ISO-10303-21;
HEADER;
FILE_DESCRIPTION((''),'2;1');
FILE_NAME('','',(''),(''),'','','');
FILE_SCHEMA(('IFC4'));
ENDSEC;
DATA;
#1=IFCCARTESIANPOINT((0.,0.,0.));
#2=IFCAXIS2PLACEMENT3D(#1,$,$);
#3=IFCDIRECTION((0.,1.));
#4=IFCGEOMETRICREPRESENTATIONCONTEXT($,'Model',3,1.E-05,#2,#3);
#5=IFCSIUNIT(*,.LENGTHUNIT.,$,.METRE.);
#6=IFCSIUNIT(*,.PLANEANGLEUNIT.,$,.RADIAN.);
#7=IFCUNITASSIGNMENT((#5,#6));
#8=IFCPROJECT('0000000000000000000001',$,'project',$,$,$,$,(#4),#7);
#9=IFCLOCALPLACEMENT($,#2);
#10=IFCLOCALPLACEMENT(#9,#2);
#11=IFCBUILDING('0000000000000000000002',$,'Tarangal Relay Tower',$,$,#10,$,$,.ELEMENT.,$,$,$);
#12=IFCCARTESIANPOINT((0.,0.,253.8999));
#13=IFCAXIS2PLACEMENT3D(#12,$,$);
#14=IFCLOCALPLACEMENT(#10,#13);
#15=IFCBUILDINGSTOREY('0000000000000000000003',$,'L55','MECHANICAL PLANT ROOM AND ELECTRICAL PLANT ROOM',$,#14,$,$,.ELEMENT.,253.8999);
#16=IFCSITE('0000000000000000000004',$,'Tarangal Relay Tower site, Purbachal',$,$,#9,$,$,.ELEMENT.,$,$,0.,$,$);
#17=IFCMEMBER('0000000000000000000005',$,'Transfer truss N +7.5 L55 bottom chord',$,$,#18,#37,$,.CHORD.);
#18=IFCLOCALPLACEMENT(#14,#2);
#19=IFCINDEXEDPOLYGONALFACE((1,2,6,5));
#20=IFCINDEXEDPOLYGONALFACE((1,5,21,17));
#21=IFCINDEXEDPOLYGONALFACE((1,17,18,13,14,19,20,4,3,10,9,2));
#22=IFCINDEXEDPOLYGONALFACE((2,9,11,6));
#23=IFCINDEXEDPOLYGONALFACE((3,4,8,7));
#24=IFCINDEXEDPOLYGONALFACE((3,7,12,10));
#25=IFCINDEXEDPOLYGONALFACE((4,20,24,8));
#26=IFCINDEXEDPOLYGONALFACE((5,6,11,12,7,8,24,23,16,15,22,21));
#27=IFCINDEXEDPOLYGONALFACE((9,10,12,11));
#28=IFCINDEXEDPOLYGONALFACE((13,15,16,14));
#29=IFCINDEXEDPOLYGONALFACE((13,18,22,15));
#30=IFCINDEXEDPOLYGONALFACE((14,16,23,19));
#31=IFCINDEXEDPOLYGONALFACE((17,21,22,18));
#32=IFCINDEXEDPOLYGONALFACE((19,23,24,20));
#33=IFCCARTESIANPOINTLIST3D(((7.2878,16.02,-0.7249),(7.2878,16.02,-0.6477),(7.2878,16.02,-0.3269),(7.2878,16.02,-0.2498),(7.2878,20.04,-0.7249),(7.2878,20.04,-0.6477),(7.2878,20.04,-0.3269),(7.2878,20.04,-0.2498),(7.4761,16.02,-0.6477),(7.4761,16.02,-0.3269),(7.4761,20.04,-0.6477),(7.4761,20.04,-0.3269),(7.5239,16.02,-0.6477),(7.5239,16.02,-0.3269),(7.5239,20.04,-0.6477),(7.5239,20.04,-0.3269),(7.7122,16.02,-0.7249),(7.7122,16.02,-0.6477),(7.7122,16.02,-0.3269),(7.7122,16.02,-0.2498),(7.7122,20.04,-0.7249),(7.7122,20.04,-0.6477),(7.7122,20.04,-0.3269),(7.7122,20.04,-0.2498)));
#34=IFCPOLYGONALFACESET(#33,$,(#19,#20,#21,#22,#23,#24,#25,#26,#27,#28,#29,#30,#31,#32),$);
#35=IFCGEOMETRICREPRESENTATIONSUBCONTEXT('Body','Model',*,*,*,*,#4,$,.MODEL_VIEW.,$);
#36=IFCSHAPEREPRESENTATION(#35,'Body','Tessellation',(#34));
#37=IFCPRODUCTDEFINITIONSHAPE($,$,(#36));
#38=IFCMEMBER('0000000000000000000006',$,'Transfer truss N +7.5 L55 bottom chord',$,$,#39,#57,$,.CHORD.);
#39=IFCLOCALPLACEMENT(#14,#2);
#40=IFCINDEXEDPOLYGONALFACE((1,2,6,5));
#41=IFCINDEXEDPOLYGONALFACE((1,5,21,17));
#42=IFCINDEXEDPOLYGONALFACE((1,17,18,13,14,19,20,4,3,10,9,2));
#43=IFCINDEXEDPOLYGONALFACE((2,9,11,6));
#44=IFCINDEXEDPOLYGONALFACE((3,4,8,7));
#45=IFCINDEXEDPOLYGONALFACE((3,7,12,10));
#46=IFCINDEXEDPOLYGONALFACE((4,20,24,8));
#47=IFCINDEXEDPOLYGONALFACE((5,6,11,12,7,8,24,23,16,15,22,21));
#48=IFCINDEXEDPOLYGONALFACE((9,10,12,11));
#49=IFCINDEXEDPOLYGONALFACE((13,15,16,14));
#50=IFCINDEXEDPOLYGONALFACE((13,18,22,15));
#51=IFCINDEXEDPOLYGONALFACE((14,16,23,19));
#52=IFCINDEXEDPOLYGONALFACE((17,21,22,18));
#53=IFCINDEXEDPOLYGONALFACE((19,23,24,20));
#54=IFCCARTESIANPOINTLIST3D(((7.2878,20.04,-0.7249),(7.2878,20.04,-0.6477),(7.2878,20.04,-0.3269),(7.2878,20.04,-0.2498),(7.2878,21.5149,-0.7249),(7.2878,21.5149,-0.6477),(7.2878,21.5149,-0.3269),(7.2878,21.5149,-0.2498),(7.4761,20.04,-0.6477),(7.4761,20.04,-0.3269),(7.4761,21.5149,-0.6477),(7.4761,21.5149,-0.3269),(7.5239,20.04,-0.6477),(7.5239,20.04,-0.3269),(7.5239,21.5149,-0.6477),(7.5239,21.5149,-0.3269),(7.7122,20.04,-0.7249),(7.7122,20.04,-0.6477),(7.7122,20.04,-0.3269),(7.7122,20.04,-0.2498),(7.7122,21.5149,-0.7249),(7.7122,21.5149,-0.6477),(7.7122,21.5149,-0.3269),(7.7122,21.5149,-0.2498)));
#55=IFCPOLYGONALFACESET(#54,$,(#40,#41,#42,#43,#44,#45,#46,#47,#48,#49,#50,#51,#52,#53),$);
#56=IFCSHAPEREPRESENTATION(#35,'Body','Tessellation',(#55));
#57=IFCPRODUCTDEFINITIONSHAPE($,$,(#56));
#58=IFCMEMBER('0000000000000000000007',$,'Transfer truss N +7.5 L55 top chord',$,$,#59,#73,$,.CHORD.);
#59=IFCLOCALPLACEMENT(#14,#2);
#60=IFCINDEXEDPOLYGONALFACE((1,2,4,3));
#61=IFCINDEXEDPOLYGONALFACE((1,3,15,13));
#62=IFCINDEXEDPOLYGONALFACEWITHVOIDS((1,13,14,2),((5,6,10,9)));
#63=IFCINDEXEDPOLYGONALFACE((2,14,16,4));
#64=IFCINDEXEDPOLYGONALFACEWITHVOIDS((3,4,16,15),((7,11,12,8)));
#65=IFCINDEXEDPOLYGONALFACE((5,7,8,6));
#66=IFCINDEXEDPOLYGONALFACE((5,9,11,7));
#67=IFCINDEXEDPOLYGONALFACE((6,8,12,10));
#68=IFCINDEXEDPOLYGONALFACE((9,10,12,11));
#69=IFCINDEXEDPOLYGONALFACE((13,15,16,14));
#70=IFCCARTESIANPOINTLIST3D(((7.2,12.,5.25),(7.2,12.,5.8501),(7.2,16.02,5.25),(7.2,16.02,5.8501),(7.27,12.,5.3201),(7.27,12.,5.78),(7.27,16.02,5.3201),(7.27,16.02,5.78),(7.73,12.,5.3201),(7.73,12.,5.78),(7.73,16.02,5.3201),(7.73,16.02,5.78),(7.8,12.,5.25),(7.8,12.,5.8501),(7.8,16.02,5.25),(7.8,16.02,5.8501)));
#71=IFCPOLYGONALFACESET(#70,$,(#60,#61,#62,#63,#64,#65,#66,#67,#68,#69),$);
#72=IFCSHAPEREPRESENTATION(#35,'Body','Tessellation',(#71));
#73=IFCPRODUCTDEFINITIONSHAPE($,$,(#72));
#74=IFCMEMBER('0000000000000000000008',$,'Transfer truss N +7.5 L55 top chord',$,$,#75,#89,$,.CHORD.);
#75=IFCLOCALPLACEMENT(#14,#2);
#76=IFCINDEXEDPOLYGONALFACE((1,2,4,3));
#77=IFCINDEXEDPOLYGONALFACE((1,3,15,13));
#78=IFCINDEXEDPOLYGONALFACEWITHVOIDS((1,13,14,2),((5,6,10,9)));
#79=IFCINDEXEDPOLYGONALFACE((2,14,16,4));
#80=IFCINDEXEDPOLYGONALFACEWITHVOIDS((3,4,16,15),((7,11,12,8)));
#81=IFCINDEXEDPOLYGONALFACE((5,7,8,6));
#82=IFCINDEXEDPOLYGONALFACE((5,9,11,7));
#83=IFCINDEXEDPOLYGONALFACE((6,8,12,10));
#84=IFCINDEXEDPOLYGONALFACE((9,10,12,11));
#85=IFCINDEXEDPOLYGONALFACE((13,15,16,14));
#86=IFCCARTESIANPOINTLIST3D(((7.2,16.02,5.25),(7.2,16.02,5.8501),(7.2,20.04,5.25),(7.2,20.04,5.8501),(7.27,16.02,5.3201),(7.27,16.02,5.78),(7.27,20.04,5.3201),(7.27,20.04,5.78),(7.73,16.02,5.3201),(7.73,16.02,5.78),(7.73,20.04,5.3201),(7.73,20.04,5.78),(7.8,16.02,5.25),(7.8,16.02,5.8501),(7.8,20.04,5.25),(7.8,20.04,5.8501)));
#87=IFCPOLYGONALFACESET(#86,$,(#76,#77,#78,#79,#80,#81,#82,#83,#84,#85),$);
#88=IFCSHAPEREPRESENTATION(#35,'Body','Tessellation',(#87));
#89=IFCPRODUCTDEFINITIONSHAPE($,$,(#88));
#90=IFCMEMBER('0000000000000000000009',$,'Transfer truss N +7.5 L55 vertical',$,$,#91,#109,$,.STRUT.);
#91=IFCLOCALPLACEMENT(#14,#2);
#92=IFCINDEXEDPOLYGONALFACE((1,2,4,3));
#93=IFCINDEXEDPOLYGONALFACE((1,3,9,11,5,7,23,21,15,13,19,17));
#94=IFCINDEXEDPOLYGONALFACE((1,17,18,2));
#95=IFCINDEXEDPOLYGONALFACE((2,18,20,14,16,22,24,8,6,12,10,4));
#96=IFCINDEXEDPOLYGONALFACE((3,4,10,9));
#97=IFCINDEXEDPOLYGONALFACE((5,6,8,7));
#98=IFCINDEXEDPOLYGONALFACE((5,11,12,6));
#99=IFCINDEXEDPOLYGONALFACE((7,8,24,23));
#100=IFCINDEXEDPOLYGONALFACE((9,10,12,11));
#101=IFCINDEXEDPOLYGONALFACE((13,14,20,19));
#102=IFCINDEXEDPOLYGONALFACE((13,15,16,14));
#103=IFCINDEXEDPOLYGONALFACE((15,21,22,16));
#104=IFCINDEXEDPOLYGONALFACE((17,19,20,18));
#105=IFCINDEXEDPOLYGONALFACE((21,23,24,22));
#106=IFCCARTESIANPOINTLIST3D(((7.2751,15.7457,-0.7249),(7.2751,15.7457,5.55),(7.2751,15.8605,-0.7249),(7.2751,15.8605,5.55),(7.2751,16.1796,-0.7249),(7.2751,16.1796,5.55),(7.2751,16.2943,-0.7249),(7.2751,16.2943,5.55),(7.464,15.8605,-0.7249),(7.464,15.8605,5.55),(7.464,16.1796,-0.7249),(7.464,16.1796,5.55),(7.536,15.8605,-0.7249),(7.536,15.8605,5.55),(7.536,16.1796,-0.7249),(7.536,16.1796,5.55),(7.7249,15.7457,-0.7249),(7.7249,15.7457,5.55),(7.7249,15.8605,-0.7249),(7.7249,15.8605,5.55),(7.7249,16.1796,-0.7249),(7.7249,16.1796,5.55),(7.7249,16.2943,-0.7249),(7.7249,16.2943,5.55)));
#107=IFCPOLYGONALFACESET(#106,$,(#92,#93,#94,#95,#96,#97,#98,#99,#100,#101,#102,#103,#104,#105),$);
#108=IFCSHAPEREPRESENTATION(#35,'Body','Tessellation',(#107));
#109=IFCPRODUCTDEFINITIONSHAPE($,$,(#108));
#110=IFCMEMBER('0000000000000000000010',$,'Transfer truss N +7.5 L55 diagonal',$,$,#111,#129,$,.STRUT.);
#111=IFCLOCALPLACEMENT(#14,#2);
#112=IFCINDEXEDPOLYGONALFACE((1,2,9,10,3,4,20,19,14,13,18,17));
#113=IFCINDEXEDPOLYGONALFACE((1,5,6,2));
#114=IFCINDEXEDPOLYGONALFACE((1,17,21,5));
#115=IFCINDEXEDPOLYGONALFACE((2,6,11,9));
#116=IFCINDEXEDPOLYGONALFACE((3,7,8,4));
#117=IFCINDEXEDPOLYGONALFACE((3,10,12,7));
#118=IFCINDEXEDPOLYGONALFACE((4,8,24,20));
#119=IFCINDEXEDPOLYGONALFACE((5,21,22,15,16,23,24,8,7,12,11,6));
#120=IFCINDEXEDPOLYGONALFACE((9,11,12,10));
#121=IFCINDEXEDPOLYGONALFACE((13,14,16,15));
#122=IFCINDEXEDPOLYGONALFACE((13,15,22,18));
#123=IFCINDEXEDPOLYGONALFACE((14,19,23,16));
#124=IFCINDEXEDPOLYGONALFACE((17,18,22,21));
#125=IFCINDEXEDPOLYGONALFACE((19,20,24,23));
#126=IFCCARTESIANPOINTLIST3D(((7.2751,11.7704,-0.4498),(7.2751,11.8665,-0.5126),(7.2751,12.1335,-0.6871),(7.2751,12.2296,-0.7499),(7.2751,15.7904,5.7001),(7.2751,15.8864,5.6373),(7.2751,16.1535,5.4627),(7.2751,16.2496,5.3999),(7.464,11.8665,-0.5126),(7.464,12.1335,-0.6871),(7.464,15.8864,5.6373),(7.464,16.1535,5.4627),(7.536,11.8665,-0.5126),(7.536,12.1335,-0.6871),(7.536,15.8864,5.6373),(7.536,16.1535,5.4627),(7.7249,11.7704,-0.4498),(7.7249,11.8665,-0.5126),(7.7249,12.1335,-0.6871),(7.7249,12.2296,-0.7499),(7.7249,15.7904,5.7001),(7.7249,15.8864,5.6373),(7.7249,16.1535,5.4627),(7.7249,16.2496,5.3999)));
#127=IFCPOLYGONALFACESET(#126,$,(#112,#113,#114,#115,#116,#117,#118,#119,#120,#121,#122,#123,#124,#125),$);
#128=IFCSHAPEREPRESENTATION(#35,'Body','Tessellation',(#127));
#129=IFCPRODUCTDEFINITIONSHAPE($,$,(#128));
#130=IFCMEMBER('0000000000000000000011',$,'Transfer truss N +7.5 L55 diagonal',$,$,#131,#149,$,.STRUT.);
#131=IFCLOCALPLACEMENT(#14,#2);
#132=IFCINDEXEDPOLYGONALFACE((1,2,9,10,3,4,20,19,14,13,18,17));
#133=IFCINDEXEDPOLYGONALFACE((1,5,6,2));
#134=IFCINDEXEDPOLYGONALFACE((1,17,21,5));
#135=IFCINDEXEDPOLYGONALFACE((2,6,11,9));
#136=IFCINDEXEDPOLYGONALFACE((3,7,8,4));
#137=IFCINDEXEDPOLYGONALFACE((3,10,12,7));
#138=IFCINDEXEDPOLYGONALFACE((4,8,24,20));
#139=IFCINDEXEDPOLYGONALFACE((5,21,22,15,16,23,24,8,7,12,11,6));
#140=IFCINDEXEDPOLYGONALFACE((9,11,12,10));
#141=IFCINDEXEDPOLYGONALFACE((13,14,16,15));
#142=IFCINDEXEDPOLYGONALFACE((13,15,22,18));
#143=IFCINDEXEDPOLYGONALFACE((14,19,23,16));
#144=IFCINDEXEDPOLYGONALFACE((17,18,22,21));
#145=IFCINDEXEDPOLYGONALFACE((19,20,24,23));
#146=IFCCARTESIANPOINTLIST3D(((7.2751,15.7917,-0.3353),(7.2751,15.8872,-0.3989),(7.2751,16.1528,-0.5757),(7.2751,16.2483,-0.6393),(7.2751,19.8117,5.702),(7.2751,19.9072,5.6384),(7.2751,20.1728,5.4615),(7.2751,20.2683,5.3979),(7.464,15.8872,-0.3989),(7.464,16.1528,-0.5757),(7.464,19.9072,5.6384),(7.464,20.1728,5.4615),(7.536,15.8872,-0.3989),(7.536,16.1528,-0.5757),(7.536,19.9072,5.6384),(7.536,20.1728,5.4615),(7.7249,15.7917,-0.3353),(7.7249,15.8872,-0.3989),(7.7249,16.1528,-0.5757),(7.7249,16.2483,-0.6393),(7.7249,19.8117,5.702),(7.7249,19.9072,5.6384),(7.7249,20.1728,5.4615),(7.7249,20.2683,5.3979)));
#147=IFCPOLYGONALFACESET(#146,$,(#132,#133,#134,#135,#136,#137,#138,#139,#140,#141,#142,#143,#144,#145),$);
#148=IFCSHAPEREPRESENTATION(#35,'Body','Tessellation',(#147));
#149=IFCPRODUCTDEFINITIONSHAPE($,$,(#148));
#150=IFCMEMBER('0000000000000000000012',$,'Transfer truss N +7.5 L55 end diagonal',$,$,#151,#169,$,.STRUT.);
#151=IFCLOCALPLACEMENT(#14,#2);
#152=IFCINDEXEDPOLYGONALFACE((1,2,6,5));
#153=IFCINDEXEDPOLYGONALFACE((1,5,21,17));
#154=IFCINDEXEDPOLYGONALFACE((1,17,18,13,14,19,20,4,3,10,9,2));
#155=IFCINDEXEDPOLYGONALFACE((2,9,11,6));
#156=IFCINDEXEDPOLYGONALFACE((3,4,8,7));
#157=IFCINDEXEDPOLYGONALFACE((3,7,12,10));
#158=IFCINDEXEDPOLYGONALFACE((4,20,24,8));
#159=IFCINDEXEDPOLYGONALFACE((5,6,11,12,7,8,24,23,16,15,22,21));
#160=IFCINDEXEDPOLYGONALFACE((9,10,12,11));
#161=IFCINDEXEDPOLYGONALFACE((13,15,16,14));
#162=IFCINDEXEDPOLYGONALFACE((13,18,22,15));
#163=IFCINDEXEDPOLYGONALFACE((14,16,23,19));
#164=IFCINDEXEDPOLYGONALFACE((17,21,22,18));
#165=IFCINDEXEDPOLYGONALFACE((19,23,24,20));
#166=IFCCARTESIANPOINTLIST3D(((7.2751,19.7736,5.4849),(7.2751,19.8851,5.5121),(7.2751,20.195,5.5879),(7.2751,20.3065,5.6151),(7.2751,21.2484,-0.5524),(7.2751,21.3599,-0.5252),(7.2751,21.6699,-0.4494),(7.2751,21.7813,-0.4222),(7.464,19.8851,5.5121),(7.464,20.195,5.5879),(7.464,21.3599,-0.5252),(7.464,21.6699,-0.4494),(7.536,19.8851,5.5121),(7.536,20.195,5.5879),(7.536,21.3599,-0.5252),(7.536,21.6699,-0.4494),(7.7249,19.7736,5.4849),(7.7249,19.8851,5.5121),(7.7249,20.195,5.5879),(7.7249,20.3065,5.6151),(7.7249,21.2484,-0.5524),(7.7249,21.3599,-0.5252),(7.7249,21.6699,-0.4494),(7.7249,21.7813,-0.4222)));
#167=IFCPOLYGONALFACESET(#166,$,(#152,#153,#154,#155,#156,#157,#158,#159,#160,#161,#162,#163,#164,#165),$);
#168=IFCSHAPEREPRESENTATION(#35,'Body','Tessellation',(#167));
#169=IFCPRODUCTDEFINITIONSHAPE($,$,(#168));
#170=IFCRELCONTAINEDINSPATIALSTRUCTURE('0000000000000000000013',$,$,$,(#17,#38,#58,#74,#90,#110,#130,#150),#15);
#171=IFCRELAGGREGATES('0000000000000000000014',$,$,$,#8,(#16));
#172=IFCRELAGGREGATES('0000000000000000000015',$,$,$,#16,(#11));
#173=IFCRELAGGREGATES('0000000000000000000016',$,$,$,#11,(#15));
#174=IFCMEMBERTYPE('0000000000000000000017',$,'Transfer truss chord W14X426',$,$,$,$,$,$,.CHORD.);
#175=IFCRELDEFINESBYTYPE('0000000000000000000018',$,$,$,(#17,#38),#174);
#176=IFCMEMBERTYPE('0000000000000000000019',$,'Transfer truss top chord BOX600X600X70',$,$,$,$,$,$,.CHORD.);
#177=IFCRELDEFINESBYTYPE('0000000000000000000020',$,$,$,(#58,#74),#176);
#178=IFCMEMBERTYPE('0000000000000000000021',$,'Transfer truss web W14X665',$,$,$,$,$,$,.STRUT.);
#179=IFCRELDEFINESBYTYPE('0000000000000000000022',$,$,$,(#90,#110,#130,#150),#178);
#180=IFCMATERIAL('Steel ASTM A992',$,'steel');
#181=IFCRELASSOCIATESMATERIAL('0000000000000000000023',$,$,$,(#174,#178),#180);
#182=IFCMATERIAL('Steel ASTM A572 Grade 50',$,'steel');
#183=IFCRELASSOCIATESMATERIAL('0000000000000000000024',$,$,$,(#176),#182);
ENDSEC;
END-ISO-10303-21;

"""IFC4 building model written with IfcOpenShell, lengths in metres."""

from ifc_helpers import new_model, si_unit, direction, frame, origin, origin_2d, place, context, subcontext, project, spatial, hollow_rectangle, i_section, extrude, material, material_profile, profile_set, type_object, element, save


model = new_model("IFC4")

# Units and contexts
model_context = context("Model", 3, precision=1e-05, world=origin(), true_north=direction((0.0, 1.0)))
body_context = subcontext(model_context, "Body", "Model", "MODEL_VIEW")
ifc_project = project(units=[si_unit("LENGTHUNIT", "METRE"), si_unit("PLANEANGLEUNIT", "RADIAN")], contexts=[model_context])

# Site, building, storey
site_placement = place(None, origin())
site = spatial("IfcSite", under=ifc_project, at=site_placement, Name="Tarangal Relay Tower site, Purbachal", CompositionType="ELEMENT", RefElevation=0.0)
building_placement = place(site_placement, origin())
building = spatial("IfcBuilding", under=site, at=building_placement, Name="Tarangal Relay Tower", CompositionType="ELEMENT")
storey_placement = place(building_placement, frame((0.0, 0.0, 253.8999)))
storey = spatial("IfcBuildingStorey", under=building, at=storey_placement, Name="L55", Description="MECHANICAL PLANT ROOM AND ELECTRICAL PLANT ROOM", CompositionType="ELEMENT", Elevation=253.8999)

# Shared definitions
ifc_material_1 = material(Name="Steel ASTM A572 Grade 50", Category="steel")

# Shared definitions
ifc_material_2 = material(Name="Steel ASTM A992", Category="steel")

# Members
ifc_material_profile_1 = material_profile(ifc_material_2, i_section(OverallWidth=0.4243, OverallDepth=0.4751, WebThickness=0.0479, FlangeThickness=0.0771, at=origin_2d()), Name="W14X426")
ifc_profile_set_1 = profile_set([ifc_material_profile_1], Name="Steel ASTM A992")
member_type_1 = type_object("IfcMemberType", Name="Transfer truss chord W14X426", PredefinedType="CHORD", material=ifc_profile_set_1)
for number, where, z_axis, x_axis, name in (
    (1, (7.5, 16.02, -0.4873), (0.0, 1.0, 0.0), (-1.0, 0.0, 0.0), "Transfer truss N +7.5 L55 bottom chord"),
):
    element("IfcMember", number, at=place(storey_placement, frame(where, z_axis=z_axis, x_axis=x_axis)), inside=storey, type_object=member_type_1, Name=name, PredefinedType="CHORD", context=body_context, shape_type="SweptSolid", body=[
        extrude(i_section(OverallWidth=0.4243, OverallDepth=0.4751, WebThickness=0.0479, FlangeThickness=0.0771, at=origin_2d()), origin(), (0.0, 0.0, 1.0), 4.02),
    ])
member_1_placement = place(storey_placement, frame((7.5, 20.04, -0.4873), z_axis=(0.0, 1.0, 0.0), x_axis=(-1.0, 0.0, 0.0)))
element("IfcMember", 2, at=member_1_placement, inside=storey, type_object=member_type_1, Name="Transfer truss N +7.5 L55 bottom chord", PredefinedType="CHORD", context=body_context, shape_type="SweptSolid", body=[
    extrude(i_section(OverallWidth=0.4243, OverallDepth=0.4751, WebThickness=0.0479, FlangeThickness=0.0771, at=origin_2d()), origin(), (0.0, 0.0, 1.0), 1.4749),
])
ifc_material_profile_2 = material_profile(ifc_material_1, hollow_rectangle(XDim=0.6001, YDim=0.6001, WallThickness=0.0701, at=origin_2d()), Name="BOX600X600X70")
ifc_profile_set_2 = profile_set([ifc_material_profile_2], Name="Steel ASTM A572 Grade 50")
member_type_2 = type_object("IfcMemberType", Name="Transfer truss top chord BOX600X600X70", PredefinedType="CHORD", material=ifc_profile_set_2)
for number, where, z_axis, x_axis, name in (
    (3, (7.5, 12.0, 5.55), (0.0, 1.0, 0.0), (-1.0, 0.0, 0.0), "Transfer truss N +7.5 L55 top chord"),
    (4, (7.5, 16.02, 5.55), (0.0, 1.0, 0.0), (-1.0, 0.0, 0.0), "Transfer truss N +7.5 L55 top chord"),
):
    element("IfcMember", number, at=place(storey_placement, frame(where, z_axis=z_axis, x_axis=x_axis)), inside=storey, type_object=member_type_2, Name=name, PredefinedType="CHORD", context=body_context, shape_type="SweptSolid", body=[
        extrude(hollow_rectangle(XDim=0.6001, YDim=0.6001, WallThickness=0.0701, at=origin_2d()), origin(), (0.0, 0.0, 1.0), 4.02),
    ])
ifc_material_profile_3 = material_profile(ifc_material_2, i_section(OverallWidth=0.4497, OverallDepth=0.5486, WebThickness=0.072, FlangeThickness=0.1147, at=origin_2d()), Name="W14X665")
ifc_profile_set_3 = profile_set([ifc_material_profile_3], Name="Steel ASTM A992")
member_type_3 = type_object("IfcMemberType", Name="Transfer truss web W14X665", PredefinedType="STRUT", material=ifc_profile_set_3)
member_2_placement = place(storey_placement, frame((7.5, 16.02, -0.7249), z_axis=(0.0, 0.0, 1.0), x_axis=(1.0, 0.0, 0.0)))
element("IfcMember", 5, at=member_2_placement, inside=storey, type_object=member_type_3, Name="Transfer truss N +7.5 L55 vertical", PredefinedType="STRUT", context=body_context, shape_type="SweptSolid", body=[
    extrude(i_section(OverallWidth=0.4497, OverallDepth=0.5486, WebThickness=0.072, FlangeThickness=0.1147, at=origin_2d()), origin(), (0.0, 0.0, 1.0), 6.2749),
])
member_3_placement = place(storey_placement, frame((7.5, 12.0, -0.5999), z_axis=(0.0, 0.547147, 0.837036), x_axis=(-1.0, 0.0, 0.0)))
element("IfcMember", 6, at=member_3_placement, inside=storey, type_object=member_type_3, Name="Transfer truss N +7.5 L55 diagonal", PredefinedType="STRUT", context=body_context, shape_type="SweptSolid", body=[
    extrude(i_section(OverallWidth=0.4497, OverallDepth=0.5486, WebThickness=0.072, FlangeThickness=0.1147, at=origin_2d()), origin(), (0.0, 0.0, 1.0), 7.3472),
])
member_4_placement = place(storey_placement, frame((7.5, 16.02, -0.4873), z_axis=(0.0, 0.554234, 0.832361), x_axis=(-1.0, 0.0, 0.0)))
element("IfcMember", 7, at=member_4_placement, inside=storey, type_object=member_type_3, Name="Transfer truss N +7.5 L55 diagonal", PredefinedType="STRUT", context=body_context, shape_type="SweptSolid", body=[
    extrude(i_section(OverallWidth=0.4497, OverallDepth=0.5486, WebThickness=0.072, FlangeThickness=0.1147, at=origin_2d()), origin(), (0.0, 0.0, 1.0), 7.2532),
])
member_5_placement = place(storey_placement, frame((7.5, 21.5149, -0.4873), z_axis=(0.0, -0.23731, 0.971434), x_axis=(1.0, 0.0, 0.0)))
element("IfcMember", 8, at=member_5_placement, inside=storey, type_object=member_type_3, Name="Transfer truss N +7.5 L55 end diagonal", PredefinedType="STRUT", context=body_context, shape_type="SweptSolid", body=[
    extrude(i_section(OverallWidth=0.4497, OverallDepth=0.5486, WebThickness=0.072, FlangeThickness=0.1147, at=origin_2d()), origin(), (0.0, 0.0, 1.0), 6.2148),
])

save(model, "model.ifc")
